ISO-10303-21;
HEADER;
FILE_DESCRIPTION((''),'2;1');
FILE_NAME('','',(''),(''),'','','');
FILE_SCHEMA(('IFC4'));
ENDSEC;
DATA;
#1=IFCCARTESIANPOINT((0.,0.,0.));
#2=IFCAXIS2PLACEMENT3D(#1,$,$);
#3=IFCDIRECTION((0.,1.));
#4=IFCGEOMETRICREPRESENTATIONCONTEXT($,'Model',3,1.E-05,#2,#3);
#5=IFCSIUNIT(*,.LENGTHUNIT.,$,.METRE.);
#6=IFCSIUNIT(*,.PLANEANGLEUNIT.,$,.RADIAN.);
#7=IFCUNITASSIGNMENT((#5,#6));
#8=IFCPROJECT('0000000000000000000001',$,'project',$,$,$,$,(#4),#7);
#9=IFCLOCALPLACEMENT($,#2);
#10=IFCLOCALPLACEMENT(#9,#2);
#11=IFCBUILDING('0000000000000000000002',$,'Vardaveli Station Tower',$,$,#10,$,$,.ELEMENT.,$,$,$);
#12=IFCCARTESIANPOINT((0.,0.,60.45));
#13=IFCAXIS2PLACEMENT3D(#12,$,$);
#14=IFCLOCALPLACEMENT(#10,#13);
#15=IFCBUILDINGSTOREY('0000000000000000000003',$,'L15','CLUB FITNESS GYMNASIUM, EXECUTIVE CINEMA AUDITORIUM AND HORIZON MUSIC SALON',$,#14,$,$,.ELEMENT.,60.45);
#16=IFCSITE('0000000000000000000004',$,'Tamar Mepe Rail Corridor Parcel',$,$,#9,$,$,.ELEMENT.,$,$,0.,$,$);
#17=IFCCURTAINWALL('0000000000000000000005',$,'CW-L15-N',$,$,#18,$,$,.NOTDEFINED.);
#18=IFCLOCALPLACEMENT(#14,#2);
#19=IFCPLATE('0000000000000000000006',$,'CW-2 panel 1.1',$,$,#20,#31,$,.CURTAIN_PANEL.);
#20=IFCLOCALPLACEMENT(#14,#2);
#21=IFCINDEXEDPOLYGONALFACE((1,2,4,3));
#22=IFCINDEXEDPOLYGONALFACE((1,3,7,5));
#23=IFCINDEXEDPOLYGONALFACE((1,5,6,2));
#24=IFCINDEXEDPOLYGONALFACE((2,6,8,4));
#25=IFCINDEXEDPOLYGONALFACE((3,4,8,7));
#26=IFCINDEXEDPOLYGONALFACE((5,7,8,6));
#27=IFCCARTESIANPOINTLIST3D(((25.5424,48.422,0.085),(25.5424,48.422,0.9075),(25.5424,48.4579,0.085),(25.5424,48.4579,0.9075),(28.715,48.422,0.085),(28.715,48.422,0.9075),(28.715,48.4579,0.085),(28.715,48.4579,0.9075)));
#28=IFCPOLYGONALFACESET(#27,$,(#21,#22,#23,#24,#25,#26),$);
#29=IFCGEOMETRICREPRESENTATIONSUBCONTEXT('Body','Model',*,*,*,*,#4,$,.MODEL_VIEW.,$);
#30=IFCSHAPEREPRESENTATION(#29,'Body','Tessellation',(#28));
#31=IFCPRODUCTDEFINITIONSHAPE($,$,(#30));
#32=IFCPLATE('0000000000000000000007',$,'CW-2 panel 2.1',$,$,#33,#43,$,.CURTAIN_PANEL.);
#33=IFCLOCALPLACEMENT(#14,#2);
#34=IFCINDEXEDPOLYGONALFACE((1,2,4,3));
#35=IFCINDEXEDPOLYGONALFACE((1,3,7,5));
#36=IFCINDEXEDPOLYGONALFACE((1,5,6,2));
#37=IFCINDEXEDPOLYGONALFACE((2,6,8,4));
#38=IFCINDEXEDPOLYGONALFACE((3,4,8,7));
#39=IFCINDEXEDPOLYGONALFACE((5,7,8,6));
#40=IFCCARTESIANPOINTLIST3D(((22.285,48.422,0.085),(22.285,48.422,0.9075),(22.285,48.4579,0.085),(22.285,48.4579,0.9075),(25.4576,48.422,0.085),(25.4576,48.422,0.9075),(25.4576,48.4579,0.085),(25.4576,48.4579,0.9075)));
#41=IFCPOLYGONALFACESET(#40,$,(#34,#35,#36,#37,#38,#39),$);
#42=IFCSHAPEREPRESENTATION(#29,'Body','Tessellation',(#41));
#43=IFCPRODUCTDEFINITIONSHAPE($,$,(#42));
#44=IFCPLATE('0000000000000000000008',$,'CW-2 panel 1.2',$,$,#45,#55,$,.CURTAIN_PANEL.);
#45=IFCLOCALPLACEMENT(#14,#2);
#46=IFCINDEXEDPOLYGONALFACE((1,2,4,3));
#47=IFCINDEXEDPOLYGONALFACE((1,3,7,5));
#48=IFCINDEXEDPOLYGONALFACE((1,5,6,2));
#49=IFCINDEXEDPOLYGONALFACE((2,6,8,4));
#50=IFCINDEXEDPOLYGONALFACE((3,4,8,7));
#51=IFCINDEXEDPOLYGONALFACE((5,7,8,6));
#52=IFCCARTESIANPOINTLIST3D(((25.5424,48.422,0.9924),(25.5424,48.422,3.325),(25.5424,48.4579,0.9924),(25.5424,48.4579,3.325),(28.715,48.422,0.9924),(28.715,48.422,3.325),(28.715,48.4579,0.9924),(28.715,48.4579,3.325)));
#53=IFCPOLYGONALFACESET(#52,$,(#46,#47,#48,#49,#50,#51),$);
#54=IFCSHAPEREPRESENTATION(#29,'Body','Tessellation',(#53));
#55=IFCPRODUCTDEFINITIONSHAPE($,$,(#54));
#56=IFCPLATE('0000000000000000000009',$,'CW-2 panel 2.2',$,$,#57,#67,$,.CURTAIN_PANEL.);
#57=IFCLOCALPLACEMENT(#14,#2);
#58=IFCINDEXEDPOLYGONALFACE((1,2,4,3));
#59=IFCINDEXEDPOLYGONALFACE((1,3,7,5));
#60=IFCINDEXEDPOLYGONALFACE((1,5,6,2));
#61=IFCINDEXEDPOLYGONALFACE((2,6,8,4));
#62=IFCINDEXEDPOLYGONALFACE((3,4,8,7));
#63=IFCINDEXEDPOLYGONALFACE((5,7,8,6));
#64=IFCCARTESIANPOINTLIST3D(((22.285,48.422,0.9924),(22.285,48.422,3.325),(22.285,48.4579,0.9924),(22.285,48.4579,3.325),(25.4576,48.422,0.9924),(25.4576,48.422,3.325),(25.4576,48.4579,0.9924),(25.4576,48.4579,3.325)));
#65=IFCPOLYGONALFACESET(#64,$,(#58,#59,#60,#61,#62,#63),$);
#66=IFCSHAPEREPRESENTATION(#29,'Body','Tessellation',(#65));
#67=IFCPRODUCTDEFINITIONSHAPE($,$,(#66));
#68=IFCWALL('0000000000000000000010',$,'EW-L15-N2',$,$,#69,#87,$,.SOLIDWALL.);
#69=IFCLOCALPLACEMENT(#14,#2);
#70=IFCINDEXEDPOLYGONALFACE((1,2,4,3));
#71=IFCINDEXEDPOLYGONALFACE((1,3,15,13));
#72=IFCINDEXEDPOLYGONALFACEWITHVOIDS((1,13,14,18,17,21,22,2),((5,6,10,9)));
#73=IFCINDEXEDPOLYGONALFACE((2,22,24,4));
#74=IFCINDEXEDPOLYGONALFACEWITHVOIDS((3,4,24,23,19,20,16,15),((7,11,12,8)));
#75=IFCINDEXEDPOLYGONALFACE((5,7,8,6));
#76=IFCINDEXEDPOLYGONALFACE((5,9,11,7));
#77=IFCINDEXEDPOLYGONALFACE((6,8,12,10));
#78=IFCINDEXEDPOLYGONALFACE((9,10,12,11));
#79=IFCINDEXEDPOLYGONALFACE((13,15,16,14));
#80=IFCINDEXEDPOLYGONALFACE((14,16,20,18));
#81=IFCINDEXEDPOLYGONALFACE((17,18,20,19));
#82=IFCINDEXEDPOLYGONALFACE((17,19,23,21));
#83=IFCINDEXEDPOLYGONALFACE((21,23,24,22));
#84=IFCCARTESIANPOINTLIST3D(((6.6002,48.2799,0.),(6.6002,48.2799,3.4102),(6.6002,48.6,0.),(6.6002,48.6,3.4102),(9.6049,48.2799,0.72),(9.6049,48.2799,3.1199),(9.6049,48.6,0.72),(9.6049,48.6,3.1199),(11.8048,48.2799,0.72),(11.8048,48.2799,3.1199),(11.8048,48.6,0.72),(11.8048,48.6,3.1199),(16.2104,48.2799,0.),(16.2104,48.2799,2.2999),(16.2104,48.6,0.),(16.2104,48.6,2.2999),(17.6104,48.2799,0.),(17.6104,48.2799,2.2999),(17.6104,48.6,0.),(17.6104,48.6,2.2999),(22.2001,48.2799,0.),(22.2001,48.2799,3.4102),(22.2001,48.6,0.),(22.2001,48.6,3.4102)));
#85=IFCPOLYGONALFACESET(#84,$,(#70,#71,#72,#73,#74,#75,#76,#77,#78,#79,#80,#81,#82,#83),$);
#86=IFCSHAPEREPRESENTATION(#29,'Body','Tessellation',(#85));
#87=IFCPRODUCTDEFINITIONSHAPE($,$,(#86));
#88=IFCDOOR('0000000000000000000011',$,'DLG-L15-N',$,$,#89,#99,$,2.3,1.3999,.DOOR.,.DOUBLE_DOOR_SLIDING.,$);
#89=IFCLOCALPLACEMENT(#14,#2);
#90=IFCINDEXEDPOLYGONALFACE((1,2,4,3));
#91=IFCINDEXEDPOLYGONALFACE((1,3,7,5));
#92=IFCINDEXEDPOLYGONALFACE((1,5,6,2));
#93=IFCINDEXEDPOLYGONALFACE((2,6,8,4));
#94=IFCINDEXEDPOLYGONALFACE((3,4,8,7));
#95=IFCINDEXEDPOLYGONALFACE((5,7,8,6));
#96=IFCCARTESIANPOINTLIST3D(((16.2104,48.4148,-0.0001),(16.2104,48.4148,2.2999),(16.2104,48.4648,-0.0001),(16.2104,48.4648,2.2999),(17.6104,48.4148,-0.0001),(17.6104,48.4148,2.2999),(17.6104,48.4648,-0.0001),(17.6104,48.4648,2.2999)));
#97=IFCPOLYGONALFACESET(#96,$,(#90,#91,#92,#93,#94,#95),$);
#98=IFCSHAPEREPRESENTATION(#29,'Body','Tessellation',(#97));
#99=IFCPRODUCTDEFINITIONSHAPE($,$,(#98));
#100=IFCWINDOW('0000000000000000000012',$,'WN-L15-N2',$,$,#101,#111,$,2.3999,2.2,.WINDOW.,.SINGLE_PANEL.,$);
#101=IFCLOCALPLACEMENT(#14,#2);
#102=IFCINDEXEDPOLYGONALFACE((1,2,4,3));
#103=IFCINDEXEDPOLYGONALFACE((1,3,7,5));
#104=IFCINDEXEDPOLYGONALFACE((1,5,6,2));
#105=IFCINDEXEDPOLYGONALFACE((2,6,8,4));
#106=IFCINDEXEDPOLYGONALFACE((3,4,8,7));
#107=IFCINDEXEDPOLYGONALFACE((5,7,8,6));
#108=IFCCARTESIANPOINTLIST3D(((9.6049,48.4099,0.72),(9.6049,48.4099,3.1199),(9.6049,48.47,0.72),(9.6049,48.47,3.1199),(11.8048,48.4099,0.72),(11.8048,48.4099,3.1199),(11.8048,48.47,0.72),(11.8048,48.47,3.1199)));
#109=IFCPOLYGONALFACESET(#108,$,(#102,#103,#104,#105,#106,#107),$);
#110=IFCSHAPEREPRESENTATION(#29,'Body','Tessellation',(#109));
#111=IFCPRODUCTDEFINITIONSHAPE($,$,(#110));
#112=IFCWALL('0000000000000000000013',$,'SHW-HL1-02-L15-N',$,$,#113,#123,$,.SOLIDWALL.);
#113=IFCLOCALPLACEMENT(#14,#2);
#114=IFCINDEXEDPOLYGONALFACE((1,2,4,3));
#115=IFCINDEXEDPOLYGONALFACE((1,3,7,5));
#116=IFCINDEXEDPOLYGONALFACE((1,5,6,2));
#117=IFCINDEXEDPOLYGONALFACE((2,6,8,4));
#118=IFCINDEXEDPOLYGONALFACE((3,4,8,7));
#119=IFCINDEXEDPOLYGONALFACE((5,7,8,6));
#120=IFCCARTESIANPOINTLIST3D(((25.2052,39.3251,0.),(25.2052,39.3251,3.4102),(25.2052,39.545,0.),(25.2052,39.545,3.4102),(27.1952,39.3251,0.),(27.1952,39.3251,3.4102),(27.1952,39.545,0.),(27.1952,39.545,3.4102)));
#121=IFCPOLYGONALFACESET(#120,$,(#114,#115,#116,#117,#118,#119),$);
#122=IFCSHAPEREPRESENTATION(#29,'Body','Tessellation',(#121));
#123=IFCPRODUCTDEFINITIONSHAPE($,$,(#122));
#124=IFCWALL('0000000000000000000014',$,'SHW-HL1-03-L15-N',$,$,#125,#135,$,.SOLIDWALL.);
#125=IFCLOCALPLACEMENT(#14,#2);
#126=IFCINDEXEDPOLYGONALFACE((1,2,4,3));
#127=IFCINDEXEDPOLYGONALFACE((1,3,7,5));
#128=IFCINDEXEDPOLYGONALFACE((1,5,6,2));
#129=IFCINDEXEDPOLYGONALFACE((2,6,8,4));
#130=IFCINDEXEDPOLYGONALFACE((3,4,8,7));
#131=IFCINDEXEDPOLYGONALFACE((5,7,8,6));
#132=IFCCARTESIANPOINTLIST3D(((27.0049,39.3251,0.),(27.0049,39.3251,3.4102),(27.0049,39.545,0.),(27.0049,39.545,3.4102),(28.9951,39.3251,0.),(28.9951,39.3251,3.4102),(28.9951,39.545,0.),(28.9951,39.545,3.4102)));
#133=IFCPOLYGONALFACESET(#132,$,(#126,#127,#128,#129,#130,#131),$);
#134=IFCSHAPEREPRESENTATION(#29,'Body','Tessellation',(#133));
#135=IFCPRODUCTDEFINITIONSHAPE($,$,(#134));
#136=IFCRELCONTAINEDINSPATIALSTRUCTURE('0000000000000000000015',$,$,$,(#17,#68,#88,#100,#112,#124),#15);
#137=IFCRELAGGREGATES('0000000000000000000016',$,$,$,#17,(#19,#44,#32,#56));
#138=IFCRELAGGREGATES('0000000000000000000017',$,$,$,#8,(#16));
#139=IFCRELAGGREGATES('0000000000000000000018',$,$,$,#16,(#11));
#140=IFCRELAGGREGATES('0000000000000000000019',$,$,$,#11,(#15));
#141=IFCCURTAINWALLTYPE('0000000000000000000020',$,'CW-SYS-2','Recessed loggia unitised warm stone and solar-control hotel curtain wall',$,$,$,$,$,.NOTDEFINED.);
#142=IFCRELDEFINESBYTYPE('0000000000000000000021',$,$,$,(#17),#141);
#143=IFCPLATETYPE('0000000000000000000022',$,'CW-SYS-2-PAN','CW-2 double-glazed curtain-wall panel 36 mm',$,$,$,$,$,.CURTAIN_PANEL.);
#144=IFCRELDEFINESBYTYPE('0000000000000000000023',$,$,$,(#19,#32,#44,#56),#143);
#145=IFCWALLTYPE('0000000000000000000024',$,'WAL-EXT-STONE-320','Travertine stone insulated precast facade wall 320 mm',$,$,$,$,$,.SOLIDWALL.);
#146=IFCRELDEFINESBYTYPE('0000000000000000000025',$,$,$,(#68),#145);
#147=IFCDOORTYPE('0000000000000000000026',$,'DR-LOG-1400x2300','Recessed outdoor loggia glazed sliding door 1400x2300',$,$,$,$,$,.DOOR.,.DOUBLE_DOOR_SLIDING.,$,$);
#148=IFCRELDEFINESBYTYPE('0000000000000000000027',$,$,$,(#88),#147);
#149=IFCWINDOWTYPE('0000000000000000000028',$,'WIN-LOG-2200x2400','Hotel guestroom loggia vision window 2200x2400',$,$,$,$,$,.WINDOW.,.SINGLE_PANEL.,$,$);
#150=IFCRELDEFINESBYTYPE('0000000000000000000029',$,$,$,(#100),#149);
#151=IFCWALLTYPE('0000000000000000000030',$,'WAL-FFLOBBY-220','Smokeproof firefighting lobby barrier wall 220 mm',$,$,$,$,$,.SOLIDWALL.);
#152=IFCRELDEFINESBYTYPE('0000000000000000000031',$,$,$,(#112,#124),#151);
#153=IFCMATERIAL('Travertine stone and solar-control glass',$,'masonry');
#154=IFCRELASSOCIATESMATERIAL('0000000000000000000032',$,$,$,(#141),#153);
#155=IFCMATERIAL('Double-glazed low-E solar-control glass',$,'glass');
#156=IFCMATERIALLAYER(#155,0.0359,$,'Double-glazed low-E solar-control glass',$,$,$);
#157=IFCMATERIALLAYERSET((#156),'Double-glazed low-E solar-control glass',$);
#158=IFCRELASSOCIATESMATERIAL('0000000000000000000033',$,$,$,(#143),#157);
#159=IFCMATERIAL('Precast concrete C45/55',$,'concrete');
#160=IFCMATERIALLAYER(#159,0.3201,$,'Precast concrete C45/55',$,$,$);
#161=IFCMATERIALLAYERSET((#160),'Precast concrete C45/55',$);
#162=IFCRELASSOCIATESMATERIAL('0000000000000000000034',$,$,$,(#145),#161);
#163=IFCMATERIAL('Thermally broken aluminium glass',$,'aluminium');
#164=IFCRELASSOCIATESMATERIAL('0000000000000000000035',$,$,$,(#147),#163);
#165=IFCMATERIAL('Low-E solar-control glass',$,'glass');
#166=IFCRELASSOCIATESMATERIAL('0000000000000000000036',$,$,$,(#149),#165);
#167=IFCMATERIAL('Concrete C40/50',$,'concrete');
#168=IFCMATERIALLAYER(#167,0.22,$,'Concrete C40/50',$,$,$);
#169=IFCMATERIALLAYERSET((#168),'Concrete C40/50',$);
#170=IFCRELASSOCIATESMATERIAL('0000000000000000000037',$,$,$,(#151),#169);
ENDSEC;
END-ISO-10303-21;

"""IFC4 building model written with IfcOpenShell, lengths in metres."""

from ifc_helpers import new_model, si_unit, direction, frame, frame_2d, origin, origin_2d, place, context, subcontext, project, spatial, rectangle, extrude, source, transform, mapped, material, layer, layer_set, type_object, element, fill, aggregate, save


model = new_model("IFC4")

# Units and contexts
model_context = context("Model", 3, precision=1e-05, world=origin(), true_north=direction((0.0, 1.0)))
body_context = subcontext(model_context, "Body", "Model", "MODEL_VIEW")
ifc_project = project(units=[si_unit("LENGTHUNIT", "METRE"), si_unit("PLANEANGLEUNIT", "RADIAN")], contexts=[model_context])

# Site, building, storey
site_placement = place(None, origin())
site = spatial("IfcSite", under=ifc_project, at=site_placement, Name="Tamar Mepe Rail Corridor Parcel", CompositionType="ELEMENT", RefElevation=0.0)
building_placement = place(site_placement, origin())
building = spatial("IfcBuilding", under=site, at=building_placement, Name="Vardaveli Station Tower", CompositionType="ELEMENT")
storey_placement = place(building_placement, frame((0.0, 0.0, 60.45)))
storey = spatial("IfcBuildingStorey", under=building, at=storey_placement, Name="L15", Description="CLUB FITNESS GYMNASIUM, EXECUTIVE CINEMA AUDITORIUM AND HORIZON MUSIC SALON", CompositionType="ELEMENT", Elevation=60.45)

# Shared definitions
ifc_material_1 = material(Name="Precast concrete C45/55", Category="concrete")

# Curtain wall, plates
ifc_material_2 = material(Name="Travertine stone and solar-control glass", Category="masonry")
curtain_wall_type = type_object("IfcCurtainWallType", Name="CW-SYS-2", Description="Recessed loggia unitised warm stone and solar-control hotel curtain wall", PredefinedType="NOTDEFINED", material=ifc_material_2)
curtain_wall_placement = place(storey_placement, origin())
curtain_wall = element("IfcCurtainWall", 1, at=curtain_wall_placement, inside=storey, type_object=curtain_wall_type, Name="CW-L15-N", PredefinedType="NOTDEFINED")
ifc_material_3 = material(Name="Double-glazed low-E solar-control glass", Category="glass")
ifc_layer_1 = layer(ifc_material_3, 0.0359, Name="Double-glazed low-E solar-control glass")
ifc_layer_set_1 = layer_set([ifc_layer_1], Name="Double-glazed low-E solar-control glass")
plate_type = type_object("IfcPlateType", Name="CW-SYS-2-PAN", Description="CW-2 double-glazed curtain-wall panel 36 mm", PredefinedType="CURTAIN_PANEL", material=ifc_layer_set_1)
shared_shape_1 = source(origin(), body_context, "Body", "SweptSolid", [
    extrude(rectangle(XDim=3.1726, YDim=0.0359, at=origin_2d()), origin(), (0.0, 0.0, 1.0), 0.8225),
])
plate_1_placement = place(storey_placement, frame((27.1287, 48.4399, 0.085), z_axis=(0.0, 0.0, 1.0), x_axis=(-1.0, 0.0, 0.0)))
plate_1 = element("IfcPlate", 2, at=plate_1_placement, type_object=plate_type, Name="CW-2 panel 1.1", PredefinedType="CURTAIN_PANEL", context=body_context, shape_type="MappedRepresentation", body=[
    mapped(shared_shape_1, transform((0.0, 0.0, 0.0), scale=1.0)),
])
plate_2_placement = place(storey_placement, frame((23.8713, 48.4399, 0.085), z_axis=(0.0, 0.0, 1.0), x_axis=(-1.0, 0.0, 0.0)))
plate_2 = element("IfcPlate", 3, at=plate_2_placement, type_object=plate_type, Name="CW-2 panel 2.1", PredefinedType="CURTAIN_PANEL", context=body_context, shape_type="MappedRepresentation", body=[
    mapped(shared_shape_1, transform((0.0, 0.0, 0.0), scale=1.0)),
])
shared_shape_2 = source(origin(), body_context, "Body", "SweptSolid", [
    extrude(rectangle(XDim=3.1726, YDim=0.0359, at=origin_2d()), origin(), (0.0, 0.0, 1.0), 2.3325),
])
plate_3_placement = place(storey_placement, frame((27.1287, 48.4399, 0.9924), z_axis=(0.0, 0.0, 1.0), x_axis=(-1.0, 0.0, 0.0)))
plate_3 = element("IfcPlate", 4, at=plate_3_placement, type_object=plate_type, Name="CW-2 panel 1.2", PredefinedType="CURTAIN_PANEL", context=body_context, shape_type="MappedRepresentation", body=[
    mapped(shared_shape_2, transform((0.0, 0.0, 0.0), scale=1.0)),
])
plate_4_placement = place(storey_placement, frame((23.8713, 48.4399, 0.9924), z_axis=(0.0, 0.0, 1.0), x_axis=(-1.0, 0.0, 0.0)))
plate_4 = element("IfcPlate", 5, at=plate_4_placement, type_object=plate_type, Name="CW-2 panel 2.2", PredefinedType="CURTAIN_PANEL", context=body_context, shape_type="MappedRepresentation", body=[
    mapped(shared_shape_2, transform((0.0, 0.0, 0.0), scale=1.0)),
])
aggregate(curtain_wall, [plate_1, plate_3, plate_2, plate_4])

# Wall, openings, door, window
ifc_layer_2 = layer(ifc_material_1, 0.3201, Name="Precast concrete C45/55")
ifc_layer_set_2 = layer_set([ifc_layer_2], Name="Precast concrete C45/55")
wall_type_1 = type_object("IfcWallType", Name="WAL-EXT-STONE-320", Description="Travertine stone insulated precast facade wall 320 mm", PredefinedType="SOLIDWALL", material=ifc_layer_set_2)
shared_shape_3 = source(origin(), body_context, "Body", "SweptSolid", [
    extrude(rectangle(XDim=15.5999, YDim=0.3201, at=frame_2d((7.7998, 0.0))), origin(), (0.0, 0.0, 1.0), 3.4102),
])
wall_1_placement = place(storey_placement, frame((22.2, 48.4399, 0.0), z_axis=(0.0, 0.0, 1.0), x_axis=(-1.0, 0.0, 0.0)))
wall_1 = element("IfcWall", 6, at=wall_1_placement, inside=storey, type_object=wall_type_1, Name="EW-L15-N2", PredefinedType="SOLIDWALL", context=body_context, shape_type="MappedRepresentation", body=[
    mapped(shared_shape_3, transform((0.0, 0.0, 0.0), scale=1.0)),
])
shared_shape_4 = source(origin(), body_context, "Body", "SweptSolid", [
    extrude(rectangle(XDim=1.3999, YDim=2.3, at=frame_2d((0.7, 1.1499))), frame((0.0, 0.1699, 0.0), z_axis=(0.0, -1.0, 0.0), x_axis=(1.0, 0.0, 0.0)), (0.0, 0.0, 1.0), 0.3401),
])
opening_1_placement = place(wall_1_placement, frame((4.5896, 0.0, 0.0)))
opening_1 = element("IfcOpeningElement", 7, at=opening_1_placement, cuts=wall_1, PredefinedType="OPENING", context=body_context, shape_type="MappedRepresentation", body=[
    mapped(shared_shape_4, transform((0.0, 0.0, 0.0), scale=1.0)),
])
shared_shape_5 = source(origin(), body_context, "Body", "SweptSolid", [
    extrude(rectangle(XDim=2.2, YDim=2.3999, at=frame_2d((1.1001, 1.2))), frame((0.0, 0.1699, 0.0), z_axis=(0.0, -1.0, 0.0), x_axis=(1.0, 0.0, 0.0)), (0.0, 0.0, 1.0), 0.3401),
])
opening_2_placement = place(wall_1_placement, frame((10.395, 0.0, 0.72)))
opening_2 = element("IfcOpeningElement", 8, at=opening_2_placement, cuts=wall_1, PredefinedType="OPENING", context=body_context, shape_type="MappedRepresentation", body=[
    mapped(shared_shape_5, transform((0.0, 0.0, 0.0), scale=1.0)),
])
ifc_material_4 = material(Name="Thermally broken aluminium glass", Category="aluminium")
door_type_1 = type_object("IfcDoorType", Name="DR-LOG-1400x2300", Description="Recessed outdoor loggia glazed sliding door 1400x2300", OperationType="DOUBLE_DOOR_SLIDING", PredefinedType="DOOR", material=ifc_material_4)
shared_shape_6 = source(origin(), body_context, "Body", "SweptSolid", [
    extrude(rectangle(XDim=1.3999, YDim=2.3, at=frame_2d((0.7, 1.1499))), frame((0.0, 0.0249, 0.0), z_axis=(0.0, -1.0, 0.0), x_axis=(1.0, 0.0, 0.0)), (0.0, 0.0, 1.0), 0.05),
])
door_1_placement = place(opening_1_placement, frame((1.3999, 0.0, 0.0), z_axis=(0.0, 0.0, 1.0), x_axis=(-1.0, 0.0, 0.0)))
door_1 = element("IfcDoor", 9, at=door_1_placement, inside=storey, type_object=door_type_1, Name="DLG-L15-N", OperationType="DOUBLE_DOOR_SLIDING", OverallHeight=2.3, OverallWidth=1.3999, PredefinedType="DOOR", context=body_context, shape_type="MappedRepresentation", body=[
    mapped(shared_shape_6, transform((0.0, 0.0, 0.0), scale=1.0)),
])
fill(opening_1, door_1)
ifc_material_5 = material(Name="Low-E solar-control glass", Category="glass")
window_type = type_object("IfcWindowType", Name="WIN-LOG-2200x2400", Description="Hotel guestroom loggia vision window 2200x2400", PartitioningType="SINGLE_PANEL", PredefinedType="WINDOW", material=ifc_material_5)
shared_shape_7 = source(origin(), body_context, "Body", "SweptSolid", [
    extrude(rectangle(XDim=2.2, YDim=2.3999, at=frame_2d((1.1001, 1.2))), frame((0.0, 0.03, 0.0), z_axis=(0.0, -1.0, 0.0), x_axis=(1.0, 0.0, 0.0)), (0.0, 0.0, 1.0), 0.0601),
])
window_placement = place(opening_2_placement, origin())
window = element("IfcWindow", 10, at=window_placement, inside=storey, type_object=window_type, Name="WN-L15-N2", OverallHeight=2.3999, OverallWidth=2.2, PartitioningType="SINGLE_PANEL", PredefinedType="WINDOW", context=body_context, shape_type="MappedRepresentation", body=[
    mapped(shared_shape_7, transform((0.0, 0.0, 0.0), scale=1.0)),
])
fill(opening_2, window)

# Walls
ifc_material_6 = material(Name="Concrete C40/50", Category="concrete")
ifc_layer_3 = layer(ifc_material_6, 0.22, Name="Concrete C40/50")
ifc_layer_set_3 = layer_set([ifc_layer_3], Name="Concrete C40/50")
wall_type_2 = type_object("IfcWallType", Name="WAL-FFLOBBY-220", Description="Smokeproof firefighting lobby barrier wall 220 mm", PredefinedType="SOLIDWALL", material=ifc_layer_set_3)
shared_shape_8 = source(origin(), body_context, "Body", "SweptSolid", [
    extrude(rectangle(XDim=1.99, YDim=0.22, at=frame_2d((0.9951, 0.0))), origin(), (0.0, 0.0, 1.0), 3.4102),
])
wall_2_placement = place(storey_placement, frame((25.2051, 39.4351, 0.0), z_axis=(0.0, 0.0, 1.0), x_axis=(1.0, 0.0, 0.0)))
element("IfcWall", 11, at=wall_2_placement, inside=storey, type_object=wall_type_2, Name="SHW-HL1-02-L15-N", PredefinedType="SOLIDWALL", context=body_context, shape_type="MappedRepresentation", body=[
    mapped(shared_shape_8, transform((0.0, 0.0, 0.0), scale=1.0)),
])
shared_shape_9 = source(origin(), body_context, "Body", "SweptSolid", [
    extrude(rectangle(XDim=1.9902, YDim=0.22, at=frame_2d((0.9951, 0.0))), origin(), (0.0, 0.0, 1.0), 3.4102),
])
wall_3_placement = place(storey_placement, frame((27.0049, 39.4351, 0.0), z_axis=(0.0, 0.0, 1.0), x_axis=(1.0, 0.0, 0.0)))
element("IfcWall", 12, at=wall_3_placement, inside=storey, type_object=wall_type_2, Name="SHW-HL1-03-L15-N", PredefinedType="SOLIDWALL", context=body_context, shape_type="MappedRepresentation", body=[
    mapped(shared_shape_9, transform((0.0, 0.0, 0.0), scale=1.0)),
])

save(model, "model.ifc")
